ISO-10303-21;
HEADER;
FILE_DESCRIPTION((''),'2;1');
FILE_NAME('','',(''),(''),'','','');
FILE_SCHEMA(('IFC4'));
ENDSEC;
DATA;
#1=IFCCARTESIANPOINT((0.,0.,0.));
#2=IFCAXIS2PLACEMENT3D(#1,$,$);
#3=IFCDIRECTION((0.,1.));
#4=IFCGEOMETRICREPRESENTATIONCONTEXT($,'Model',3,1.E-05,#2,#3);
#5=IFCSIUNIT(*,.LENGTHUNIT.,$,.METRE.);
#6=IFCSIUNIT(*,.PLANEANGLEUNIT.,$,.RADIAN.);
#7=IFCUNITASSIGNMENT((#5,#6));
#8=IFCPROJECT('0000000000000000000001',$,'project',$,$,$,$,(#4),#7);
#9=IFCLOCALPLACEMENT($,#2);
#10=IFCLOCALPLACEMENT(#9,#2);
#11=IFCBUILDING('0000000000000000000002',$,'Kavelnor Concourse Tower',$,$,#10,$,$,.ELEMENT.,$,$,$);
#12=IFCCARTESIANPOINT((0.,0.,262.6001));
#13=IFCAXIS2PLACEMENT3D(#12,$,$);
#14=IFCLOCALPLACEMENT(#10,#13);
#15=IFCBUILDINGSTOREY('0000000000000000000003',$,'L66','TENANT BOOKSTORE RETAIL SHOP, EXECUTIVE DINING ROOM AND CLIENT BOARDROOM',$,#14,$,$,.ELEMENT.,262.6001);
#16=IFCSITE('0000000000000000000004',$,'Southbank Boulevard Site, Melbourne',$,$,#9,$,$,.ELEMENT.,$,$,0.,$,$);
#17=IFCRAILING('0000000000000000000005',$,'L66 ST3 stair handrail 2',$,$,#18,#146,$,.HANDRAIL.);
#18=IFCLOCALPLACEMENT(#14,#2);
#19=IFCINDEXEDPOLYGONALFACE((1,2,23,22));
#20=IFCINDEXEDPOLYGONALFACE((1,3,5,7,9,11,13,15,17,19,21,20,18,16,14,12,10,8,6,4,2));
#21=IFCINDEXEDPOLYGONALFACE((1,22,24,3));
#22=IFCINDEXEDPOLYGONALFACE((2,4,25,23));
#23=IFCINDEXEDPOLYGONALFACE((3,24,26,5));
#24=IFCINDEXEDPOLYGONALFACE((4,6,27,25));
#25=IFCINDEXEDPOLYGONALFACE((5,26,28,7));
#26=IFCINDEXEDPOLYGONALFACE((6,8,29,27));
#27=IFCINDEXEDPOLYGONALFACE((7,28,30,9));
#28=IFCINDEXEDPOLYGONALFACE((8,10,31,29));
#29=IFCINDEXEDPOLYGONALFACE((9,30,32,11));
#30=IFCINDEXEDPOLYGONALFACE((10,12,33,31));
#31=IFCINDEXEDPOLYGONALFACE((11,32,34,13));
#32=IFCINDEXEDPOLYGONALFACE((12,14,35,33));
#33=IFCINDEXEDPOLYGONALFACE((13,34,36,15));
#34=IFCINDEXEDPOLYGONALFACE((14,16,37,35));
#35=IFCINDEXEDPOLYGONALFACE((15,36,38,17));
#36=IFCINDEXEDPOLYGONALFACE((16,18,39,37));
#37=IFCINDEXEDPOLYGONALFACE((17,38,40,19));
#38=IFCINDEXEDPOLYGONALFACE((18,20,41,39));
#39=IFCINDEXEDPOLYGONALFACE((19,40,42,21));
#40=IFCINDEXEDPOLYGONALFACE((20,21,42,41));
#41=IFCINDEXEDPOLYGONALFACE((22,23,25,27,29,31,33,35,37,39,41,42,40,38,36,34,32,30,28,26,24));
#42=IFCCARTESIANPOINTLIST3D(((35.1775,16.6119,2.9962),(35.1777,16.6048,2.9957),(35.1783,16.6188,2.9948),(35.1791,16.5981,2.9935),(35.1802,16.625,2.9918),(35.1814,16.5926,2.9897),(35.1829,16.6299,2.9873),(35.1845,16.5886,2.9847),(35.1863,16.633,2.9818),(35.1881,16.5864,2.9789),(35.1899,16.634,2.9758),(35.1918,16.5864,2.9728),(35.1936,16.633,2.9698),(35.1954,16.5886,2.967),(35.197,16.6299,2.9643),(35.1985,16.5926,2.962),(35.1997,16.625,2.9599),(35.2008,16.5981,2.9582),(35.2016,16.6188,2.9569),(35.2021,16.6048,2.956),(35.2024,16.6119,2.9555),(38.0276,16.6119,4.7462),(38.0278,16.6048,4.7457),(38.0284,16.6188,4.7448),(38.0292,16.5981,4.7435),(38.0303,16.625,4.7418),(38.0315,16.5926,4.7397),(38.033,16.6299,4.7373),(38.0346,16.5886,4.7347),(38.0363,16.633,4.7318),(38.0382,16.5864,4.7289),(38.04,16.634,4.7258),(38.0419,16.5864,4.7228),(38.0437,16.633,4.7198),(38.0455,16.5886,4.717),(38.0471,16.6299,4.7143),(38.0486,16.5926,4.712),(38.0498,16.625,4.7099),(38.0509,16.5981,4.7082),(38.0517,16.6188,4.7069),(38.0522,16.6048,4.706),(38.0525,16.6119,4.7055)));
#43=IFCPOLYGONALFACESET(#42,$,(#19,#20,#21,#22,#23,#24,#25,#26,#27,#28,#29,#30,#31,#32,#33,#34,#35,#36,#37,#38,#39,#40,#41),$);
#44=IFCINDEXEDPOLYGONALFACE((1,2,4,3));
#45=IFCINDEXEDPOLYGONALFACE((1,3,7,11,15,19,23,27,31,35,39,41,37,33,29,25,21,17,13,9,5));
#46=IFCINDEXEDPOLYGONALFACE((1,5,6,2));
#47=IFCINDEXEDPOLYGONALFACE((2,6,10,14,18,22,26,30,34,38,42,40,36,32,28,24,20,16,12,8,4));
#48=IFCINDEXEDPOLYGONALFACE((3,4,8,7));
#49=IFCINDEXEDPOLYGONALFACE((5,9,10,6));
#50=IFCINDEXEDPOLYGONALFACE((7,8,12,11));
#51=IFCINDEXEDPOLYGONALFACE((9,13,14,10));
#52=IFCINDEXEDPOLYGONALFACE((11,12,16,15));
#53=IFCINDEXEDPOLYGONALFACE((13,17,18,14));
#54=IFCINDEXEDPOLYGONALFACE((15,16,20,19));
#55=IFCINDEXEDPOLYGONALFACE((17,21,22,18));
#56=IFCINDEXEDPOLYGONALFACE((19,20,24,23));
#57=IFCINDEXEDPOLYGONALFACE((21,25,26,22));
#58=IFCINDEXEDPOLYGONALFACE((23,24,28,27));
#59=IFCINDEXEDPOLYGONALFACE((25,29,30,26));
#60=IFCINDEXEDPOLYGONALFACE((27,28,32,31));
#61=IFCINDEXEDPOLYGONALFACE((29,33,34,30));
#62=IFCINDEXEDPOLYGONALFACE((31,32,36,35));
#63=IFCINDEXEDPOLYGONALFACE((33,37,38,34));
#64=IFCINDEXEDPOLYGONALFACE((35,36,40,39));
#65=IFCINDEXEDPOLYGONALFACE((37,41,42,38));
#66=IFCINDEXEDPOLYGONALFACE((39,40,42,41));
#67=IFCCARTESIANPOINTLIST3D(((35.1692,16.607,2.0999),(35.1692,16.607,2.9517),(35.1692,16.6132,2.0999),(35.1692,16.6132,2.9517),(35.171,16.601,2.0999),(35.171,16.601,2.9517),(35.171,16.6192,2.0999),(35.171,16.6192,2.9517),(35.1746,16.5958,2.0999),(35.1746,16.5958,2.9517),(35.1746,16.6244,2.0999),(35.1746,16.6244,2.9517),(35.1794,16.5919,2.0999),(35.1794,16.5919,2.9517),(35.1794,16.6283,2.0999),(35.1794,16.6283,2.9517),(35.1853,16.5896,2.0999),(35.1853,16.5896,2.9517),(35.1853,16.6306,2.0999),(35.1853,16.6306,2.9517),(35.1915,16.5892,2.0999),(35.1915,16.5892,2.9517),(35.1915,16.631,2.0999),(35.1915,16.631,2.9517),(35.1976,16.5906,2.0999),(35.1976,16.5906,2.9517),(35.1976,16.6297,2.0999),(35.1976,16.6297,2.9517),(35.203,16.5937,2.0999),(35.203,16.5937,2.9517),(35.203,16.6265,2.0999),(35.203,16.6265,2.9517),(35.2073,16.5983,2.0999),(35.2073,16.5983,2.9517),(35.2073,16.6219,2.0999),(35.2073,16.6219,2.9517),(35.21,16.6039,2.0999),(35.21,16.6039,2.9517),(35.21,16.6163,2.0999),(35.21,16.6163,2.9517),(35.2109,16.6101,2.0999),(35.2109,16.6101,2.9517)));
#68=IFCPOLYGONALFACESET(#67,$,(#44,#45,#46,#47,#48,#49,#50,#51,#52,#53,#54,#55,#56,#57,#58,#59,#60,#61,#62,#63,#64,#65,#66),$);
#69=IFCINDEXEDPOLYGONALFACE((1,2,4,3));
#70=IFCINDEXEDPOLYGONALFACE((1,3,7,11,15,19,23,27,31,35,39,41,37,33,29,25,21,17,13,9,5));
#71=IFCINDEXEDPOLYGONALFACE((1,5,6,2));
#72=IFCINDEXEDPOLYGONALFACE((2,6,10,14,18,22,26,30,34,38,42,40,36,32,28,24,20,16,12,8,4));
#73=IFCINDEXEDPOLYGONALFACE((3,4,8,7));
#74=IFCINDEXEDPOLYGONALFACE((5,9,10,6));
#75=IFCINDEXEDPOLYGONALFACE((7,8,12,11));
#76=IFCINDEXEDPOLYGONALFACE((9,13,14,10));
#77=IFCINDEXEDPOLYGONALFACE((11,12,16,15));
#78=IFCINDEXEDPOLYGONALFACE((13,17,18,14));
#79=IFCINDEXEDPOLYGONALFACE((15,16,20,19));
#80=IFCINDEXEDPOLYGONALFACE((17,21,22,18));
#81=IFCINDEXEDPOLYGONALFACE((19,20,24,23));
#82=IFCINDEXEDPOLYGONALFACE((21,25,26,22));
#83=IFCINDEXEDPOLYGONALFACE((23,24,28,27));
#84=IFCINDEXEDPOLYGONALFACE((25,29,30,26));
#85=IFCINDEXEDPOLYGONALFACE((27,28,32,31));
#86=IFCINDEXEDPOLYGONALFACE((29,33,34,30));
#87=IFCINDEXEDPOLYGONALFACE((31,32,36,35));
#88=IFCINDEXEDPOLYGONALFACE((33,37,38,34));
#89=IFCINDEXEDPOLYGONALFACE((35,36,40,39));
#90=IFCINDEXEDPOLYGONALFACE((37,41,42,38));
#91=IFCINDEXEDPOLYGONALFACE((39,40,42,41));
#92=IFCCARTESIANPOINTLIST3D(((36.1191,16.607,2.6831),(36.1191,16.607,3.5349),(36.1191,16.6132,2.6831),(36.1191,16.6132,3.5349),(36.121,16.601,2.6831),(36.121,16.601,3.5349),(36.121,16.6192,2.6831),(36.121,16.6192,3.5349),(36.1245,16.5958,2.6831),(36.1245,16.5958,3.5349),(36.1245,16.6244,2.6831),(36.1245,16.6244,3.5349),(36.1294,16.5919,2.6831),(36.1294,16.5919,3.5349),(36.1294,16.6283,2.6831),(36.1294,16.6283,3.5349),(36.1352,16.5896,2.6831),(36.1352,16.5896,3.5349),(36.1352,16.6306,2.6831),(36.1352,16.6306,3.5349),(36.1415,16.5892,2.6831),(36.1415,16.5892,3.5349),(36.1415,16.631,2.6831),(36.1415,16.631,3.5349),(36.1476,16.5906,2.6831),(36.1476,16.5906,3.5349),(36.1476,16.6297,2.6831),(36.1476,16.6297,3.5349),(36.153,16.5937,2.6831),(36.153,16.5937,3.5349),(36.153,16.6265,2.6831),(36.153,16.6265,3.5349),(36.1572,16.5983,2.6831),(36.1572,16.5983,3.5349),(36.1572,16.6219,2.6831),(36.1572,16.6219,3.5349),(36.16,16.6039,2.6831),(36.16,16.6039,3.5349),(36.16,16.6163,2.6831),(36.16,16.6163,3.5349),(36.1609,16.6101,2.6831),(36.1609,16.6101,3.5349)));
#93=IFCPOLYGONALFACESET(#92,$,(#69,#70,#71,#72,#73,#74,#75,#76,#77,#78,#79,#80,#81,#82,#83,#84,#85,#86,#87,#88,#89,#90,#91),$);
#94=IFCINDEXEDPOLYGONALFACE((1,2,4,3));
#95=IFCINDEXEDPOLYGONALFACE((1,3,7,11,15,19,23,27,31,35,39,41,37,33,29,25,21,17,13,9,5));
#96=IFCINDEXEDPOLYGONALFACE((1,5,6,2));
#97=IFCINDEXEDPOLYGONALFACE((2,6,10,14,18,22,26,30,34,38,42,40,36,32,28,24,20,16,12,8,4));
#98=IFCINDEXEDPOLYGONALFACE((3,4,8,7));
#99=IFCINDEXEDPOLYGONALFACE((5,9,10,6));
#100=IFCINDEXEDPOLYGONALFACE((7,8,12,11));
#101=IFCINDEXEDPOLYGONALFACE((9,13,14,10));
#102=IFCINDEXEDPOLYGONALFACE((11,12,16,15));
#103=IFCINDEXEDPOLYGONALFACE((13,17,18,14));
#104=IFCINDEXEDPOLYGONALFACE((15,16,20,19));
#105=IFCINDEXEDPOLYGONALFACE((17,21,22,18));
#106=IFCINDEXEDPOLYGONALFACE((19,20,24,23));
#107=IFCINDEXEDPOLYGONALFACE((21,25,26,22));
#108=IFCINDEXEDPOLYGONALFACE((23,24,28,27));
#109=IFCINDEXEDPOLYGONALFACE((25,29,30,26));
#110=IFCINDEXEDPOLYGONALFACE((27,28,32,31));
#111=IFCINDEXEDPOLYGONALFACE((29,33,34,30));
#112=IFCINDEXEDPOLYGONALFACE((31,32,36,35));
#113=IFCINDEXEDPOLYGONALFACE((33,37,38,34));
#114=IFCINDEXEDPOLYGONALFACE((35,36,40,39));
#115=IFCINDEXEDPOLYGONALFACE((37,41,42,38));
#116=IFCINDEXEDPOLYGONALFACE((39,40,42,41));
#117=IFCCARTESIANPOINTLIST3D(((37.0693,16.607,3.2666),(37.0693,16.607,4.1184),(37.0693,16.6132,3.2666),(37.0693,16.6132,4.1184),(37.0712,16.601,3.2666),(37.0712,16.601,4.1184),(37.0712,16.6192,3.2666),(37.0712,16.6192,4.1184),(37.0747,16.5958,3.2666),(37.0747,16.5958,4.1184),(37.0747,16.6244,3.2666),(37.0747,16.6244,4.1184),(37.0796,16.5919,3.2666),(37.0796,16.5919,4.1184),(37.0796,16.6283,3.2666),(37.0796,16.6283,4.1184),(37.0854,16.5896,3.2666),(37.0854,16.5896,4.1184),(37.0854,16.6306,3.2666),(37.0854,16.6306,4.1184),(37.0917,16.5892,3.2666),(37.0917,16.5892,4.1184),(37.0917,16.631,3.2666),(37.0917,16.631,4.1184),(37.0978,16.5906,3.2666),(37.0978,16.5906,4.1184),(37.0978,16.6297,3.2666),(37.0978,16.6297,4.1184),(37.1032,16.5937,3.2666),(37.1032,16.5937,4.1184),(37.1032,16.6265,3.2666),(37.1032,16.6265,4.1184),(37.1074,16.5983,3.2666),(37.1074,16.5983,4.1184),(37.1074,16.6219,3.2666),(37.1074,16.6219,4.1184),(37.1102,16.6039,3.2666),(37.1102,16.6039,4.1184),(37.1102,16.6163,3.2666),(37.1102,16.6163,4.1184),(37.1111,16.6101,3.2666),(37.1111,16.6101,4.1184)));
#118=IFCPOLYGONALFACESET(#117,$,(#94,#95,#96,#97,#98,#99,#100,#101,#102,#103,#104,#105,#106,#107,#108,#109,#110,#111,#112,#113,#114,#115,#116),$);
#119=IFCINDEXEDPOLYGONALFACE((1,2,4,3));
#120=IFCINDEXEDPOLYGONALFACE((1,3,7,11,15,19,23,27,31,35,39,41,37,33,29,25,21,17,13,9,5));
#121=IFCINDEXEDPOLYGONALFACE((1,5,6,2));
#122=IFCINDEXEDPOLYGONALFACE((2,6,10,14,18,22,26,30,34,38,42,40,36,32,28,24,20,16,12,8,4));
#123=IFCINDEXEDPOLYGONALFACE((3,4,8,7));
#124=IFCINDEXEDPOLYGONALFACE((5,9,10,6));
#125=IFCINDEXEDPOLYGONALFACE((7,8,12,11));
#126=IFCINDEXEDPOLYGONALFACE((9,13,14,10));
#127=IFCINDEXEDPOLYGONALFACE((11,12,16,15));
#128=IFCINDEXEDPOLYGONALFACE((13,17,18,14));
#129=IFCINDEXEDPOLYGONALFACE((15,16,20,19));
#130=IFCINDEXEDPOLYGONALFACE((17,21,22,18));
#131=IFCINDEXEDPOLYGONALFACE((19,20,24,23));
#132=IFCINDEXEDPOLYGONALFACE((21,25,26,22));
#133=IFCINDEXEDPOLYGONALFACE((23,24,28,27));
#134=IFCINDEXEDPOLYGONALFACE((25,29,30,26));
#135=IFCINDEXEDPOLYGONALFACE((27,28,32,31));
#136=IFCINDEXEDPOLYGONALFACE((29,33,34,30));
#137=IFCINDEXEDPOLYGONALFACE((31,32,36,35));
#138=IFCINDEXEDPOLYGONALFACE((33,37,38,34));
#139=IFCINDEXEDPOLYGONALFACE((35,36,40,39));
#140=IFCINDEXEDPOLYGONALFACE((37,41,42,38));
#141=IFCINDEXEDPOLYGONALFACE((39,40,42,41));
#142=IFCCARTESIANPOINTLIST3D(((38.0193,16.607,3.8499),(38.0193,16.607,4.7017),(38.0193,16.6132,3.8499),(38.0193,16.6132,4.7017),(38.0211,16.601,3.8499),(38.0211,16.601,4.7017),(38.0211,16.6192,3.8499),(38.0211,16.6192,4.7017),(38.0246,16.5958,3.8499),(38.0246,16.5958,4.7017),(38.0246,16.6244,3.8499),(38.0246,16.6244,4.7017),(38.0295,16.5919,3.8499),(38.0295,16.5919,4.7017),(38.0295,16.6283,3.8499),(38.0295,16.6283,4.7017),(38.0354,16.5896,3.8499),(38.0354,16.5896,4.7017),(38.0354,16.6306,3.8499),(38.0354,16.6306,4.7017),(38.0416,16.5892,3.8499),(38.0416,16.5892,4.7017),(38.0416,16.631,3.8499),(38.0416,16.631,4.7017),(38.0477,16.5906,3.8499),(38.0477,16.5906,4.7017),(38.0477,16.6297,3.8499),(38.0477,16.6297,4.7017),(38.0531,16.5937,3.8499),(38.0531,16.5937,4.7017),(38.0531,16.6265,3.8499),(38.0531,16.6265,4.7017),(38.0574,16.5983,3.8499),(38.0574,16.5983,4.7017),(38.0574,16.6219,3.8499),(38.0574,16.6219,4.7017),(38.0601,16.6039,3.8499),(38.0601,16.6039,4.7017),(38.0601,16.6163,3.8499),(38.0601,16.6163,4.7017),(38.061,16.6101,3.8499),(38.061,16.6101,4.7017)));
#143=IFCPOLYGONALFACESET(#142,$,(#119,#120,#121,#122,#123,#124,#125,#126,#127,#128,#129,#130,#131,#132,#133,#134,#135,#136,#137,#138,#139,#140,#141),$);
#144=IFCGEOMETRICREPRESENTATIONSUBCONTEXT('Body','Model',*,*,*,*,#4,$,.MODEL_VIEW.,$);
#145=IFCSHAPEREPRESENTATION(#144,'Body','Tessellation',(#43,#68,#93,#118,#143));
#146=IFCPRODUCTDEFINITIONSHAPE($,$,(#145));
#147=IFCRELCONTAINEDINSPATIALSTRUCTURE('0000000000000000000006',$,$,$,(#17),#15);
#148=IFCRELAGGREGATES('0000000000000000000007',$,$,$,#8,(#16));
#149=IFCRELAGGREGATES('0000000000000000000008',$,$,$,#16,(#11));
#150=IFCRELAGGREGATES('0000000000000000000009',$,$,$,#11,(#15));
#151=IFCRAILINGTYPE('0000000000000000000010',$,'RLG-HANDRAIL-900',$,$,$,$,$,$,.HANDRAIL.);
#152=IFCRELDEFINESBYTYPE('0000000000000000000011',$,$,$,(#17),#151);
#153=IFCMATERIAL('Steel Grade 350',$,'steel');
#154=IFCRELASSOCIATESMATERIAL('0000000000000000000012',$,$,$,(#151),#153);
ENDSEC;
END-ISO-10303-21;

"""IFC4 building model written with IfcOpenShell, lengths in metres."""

from ifc_helpers import new_model, si_unit, direction, frame, origin, origin_2d, place, context, subcontext, project, spatial, circle, extrude, material, type_object, element, save


model = new_model("IFC4")

# Units and contexts
model_context = context("Model", 3, precision=1e-05, world=origin(), true_north=direction((0.0, 1.0)))
body_context = subcontext(model_context, "Body", "Model", "MODEL_VIEW")
ifc_project = project(units=[si_unit("LENGTHUNIT", "METRE"), si_unit("PLANEANGLEUNIT", "RADIAN")], contexts=[model_context])

# Site, building, storey
site_placement = place(None, origin())
site = spatial("IfcSite", under=ifc_project, at=site_placement, Name="Southbank Boulevard Site, Melbourne", CompositionType="ELEMENT", RefElevation=0.0)
building_placement = place(site_placement, origin())
building = spatial("IfcBuilding", under=site, at=building_placement, Name="Kavelnor Concourse Tower", CompositionType="ELEMENT")
storey_placement = place(building_placement, frame((0.0, 0.0, 262.6001)))
storey = spatial("IfcBuildingStorey", under=building, at=storey_placement, Name="L66", Description="TENANT BOOKSTORE RETAIL SHOP, EXECUTIVE DINING ROOM AND CLIENT BOARDROOM", CompositionType="ELEMENT", Elevation=262.6001)

# Shared definitions
ifc_material_1 = material(Name="Steel Grade 350", Category="steel")

# Railing
railing_type_1 = type_object("IfcRailingType", Name="RLG-HANDRAIL-900", PredefinedType="HANDRAIL", material=ifc_material_1)
railing_1_placement = place(storey_placement, frame((35.1899, 16.6101, 2.0999)))
element("IfcRailing", 1, at=railing_1_placement, inside=storey, type_object=railing_type_1, Name="L66 ST3 stair handrail 2", PredefinedType="HANDRAIL", context=body_context, shape_type="SweptSolid", body=[
    extrude(circle(Radius=0.0239, at=origin_2d()), frame((0.0, 0.0, 0.876), z_axis=(0.852179, 0.0, 0.52325), x_axis=(0.0, 1.0, 0.0)), (0.0, 0.0, 1.0), 3.3445),
    extrude(circle(Radius=0.021, at=origin_2d()), origin(), (0.0, 0.0, 1.0), 0.8518),
    extrude(circle(Radius=0.021, at=origin_2d()), frame((0.95, 0.0, 0.5833)), (0.0, 0.0, 1.0), 0.8518),
    extrude(circle(Radius=0.021, at=origin_2d()), frame((1.9001, 0.0, 1.1667)), (0.0, 0.0, 1.0), 0.8518),
    extrude(circle(Radius=0.021, at=origin_2d()), frame((2.8501, 0.0, 1.75)), (0.0, 0.0, 1.0), 0.8518),
])

save(model, "model.ifc")
